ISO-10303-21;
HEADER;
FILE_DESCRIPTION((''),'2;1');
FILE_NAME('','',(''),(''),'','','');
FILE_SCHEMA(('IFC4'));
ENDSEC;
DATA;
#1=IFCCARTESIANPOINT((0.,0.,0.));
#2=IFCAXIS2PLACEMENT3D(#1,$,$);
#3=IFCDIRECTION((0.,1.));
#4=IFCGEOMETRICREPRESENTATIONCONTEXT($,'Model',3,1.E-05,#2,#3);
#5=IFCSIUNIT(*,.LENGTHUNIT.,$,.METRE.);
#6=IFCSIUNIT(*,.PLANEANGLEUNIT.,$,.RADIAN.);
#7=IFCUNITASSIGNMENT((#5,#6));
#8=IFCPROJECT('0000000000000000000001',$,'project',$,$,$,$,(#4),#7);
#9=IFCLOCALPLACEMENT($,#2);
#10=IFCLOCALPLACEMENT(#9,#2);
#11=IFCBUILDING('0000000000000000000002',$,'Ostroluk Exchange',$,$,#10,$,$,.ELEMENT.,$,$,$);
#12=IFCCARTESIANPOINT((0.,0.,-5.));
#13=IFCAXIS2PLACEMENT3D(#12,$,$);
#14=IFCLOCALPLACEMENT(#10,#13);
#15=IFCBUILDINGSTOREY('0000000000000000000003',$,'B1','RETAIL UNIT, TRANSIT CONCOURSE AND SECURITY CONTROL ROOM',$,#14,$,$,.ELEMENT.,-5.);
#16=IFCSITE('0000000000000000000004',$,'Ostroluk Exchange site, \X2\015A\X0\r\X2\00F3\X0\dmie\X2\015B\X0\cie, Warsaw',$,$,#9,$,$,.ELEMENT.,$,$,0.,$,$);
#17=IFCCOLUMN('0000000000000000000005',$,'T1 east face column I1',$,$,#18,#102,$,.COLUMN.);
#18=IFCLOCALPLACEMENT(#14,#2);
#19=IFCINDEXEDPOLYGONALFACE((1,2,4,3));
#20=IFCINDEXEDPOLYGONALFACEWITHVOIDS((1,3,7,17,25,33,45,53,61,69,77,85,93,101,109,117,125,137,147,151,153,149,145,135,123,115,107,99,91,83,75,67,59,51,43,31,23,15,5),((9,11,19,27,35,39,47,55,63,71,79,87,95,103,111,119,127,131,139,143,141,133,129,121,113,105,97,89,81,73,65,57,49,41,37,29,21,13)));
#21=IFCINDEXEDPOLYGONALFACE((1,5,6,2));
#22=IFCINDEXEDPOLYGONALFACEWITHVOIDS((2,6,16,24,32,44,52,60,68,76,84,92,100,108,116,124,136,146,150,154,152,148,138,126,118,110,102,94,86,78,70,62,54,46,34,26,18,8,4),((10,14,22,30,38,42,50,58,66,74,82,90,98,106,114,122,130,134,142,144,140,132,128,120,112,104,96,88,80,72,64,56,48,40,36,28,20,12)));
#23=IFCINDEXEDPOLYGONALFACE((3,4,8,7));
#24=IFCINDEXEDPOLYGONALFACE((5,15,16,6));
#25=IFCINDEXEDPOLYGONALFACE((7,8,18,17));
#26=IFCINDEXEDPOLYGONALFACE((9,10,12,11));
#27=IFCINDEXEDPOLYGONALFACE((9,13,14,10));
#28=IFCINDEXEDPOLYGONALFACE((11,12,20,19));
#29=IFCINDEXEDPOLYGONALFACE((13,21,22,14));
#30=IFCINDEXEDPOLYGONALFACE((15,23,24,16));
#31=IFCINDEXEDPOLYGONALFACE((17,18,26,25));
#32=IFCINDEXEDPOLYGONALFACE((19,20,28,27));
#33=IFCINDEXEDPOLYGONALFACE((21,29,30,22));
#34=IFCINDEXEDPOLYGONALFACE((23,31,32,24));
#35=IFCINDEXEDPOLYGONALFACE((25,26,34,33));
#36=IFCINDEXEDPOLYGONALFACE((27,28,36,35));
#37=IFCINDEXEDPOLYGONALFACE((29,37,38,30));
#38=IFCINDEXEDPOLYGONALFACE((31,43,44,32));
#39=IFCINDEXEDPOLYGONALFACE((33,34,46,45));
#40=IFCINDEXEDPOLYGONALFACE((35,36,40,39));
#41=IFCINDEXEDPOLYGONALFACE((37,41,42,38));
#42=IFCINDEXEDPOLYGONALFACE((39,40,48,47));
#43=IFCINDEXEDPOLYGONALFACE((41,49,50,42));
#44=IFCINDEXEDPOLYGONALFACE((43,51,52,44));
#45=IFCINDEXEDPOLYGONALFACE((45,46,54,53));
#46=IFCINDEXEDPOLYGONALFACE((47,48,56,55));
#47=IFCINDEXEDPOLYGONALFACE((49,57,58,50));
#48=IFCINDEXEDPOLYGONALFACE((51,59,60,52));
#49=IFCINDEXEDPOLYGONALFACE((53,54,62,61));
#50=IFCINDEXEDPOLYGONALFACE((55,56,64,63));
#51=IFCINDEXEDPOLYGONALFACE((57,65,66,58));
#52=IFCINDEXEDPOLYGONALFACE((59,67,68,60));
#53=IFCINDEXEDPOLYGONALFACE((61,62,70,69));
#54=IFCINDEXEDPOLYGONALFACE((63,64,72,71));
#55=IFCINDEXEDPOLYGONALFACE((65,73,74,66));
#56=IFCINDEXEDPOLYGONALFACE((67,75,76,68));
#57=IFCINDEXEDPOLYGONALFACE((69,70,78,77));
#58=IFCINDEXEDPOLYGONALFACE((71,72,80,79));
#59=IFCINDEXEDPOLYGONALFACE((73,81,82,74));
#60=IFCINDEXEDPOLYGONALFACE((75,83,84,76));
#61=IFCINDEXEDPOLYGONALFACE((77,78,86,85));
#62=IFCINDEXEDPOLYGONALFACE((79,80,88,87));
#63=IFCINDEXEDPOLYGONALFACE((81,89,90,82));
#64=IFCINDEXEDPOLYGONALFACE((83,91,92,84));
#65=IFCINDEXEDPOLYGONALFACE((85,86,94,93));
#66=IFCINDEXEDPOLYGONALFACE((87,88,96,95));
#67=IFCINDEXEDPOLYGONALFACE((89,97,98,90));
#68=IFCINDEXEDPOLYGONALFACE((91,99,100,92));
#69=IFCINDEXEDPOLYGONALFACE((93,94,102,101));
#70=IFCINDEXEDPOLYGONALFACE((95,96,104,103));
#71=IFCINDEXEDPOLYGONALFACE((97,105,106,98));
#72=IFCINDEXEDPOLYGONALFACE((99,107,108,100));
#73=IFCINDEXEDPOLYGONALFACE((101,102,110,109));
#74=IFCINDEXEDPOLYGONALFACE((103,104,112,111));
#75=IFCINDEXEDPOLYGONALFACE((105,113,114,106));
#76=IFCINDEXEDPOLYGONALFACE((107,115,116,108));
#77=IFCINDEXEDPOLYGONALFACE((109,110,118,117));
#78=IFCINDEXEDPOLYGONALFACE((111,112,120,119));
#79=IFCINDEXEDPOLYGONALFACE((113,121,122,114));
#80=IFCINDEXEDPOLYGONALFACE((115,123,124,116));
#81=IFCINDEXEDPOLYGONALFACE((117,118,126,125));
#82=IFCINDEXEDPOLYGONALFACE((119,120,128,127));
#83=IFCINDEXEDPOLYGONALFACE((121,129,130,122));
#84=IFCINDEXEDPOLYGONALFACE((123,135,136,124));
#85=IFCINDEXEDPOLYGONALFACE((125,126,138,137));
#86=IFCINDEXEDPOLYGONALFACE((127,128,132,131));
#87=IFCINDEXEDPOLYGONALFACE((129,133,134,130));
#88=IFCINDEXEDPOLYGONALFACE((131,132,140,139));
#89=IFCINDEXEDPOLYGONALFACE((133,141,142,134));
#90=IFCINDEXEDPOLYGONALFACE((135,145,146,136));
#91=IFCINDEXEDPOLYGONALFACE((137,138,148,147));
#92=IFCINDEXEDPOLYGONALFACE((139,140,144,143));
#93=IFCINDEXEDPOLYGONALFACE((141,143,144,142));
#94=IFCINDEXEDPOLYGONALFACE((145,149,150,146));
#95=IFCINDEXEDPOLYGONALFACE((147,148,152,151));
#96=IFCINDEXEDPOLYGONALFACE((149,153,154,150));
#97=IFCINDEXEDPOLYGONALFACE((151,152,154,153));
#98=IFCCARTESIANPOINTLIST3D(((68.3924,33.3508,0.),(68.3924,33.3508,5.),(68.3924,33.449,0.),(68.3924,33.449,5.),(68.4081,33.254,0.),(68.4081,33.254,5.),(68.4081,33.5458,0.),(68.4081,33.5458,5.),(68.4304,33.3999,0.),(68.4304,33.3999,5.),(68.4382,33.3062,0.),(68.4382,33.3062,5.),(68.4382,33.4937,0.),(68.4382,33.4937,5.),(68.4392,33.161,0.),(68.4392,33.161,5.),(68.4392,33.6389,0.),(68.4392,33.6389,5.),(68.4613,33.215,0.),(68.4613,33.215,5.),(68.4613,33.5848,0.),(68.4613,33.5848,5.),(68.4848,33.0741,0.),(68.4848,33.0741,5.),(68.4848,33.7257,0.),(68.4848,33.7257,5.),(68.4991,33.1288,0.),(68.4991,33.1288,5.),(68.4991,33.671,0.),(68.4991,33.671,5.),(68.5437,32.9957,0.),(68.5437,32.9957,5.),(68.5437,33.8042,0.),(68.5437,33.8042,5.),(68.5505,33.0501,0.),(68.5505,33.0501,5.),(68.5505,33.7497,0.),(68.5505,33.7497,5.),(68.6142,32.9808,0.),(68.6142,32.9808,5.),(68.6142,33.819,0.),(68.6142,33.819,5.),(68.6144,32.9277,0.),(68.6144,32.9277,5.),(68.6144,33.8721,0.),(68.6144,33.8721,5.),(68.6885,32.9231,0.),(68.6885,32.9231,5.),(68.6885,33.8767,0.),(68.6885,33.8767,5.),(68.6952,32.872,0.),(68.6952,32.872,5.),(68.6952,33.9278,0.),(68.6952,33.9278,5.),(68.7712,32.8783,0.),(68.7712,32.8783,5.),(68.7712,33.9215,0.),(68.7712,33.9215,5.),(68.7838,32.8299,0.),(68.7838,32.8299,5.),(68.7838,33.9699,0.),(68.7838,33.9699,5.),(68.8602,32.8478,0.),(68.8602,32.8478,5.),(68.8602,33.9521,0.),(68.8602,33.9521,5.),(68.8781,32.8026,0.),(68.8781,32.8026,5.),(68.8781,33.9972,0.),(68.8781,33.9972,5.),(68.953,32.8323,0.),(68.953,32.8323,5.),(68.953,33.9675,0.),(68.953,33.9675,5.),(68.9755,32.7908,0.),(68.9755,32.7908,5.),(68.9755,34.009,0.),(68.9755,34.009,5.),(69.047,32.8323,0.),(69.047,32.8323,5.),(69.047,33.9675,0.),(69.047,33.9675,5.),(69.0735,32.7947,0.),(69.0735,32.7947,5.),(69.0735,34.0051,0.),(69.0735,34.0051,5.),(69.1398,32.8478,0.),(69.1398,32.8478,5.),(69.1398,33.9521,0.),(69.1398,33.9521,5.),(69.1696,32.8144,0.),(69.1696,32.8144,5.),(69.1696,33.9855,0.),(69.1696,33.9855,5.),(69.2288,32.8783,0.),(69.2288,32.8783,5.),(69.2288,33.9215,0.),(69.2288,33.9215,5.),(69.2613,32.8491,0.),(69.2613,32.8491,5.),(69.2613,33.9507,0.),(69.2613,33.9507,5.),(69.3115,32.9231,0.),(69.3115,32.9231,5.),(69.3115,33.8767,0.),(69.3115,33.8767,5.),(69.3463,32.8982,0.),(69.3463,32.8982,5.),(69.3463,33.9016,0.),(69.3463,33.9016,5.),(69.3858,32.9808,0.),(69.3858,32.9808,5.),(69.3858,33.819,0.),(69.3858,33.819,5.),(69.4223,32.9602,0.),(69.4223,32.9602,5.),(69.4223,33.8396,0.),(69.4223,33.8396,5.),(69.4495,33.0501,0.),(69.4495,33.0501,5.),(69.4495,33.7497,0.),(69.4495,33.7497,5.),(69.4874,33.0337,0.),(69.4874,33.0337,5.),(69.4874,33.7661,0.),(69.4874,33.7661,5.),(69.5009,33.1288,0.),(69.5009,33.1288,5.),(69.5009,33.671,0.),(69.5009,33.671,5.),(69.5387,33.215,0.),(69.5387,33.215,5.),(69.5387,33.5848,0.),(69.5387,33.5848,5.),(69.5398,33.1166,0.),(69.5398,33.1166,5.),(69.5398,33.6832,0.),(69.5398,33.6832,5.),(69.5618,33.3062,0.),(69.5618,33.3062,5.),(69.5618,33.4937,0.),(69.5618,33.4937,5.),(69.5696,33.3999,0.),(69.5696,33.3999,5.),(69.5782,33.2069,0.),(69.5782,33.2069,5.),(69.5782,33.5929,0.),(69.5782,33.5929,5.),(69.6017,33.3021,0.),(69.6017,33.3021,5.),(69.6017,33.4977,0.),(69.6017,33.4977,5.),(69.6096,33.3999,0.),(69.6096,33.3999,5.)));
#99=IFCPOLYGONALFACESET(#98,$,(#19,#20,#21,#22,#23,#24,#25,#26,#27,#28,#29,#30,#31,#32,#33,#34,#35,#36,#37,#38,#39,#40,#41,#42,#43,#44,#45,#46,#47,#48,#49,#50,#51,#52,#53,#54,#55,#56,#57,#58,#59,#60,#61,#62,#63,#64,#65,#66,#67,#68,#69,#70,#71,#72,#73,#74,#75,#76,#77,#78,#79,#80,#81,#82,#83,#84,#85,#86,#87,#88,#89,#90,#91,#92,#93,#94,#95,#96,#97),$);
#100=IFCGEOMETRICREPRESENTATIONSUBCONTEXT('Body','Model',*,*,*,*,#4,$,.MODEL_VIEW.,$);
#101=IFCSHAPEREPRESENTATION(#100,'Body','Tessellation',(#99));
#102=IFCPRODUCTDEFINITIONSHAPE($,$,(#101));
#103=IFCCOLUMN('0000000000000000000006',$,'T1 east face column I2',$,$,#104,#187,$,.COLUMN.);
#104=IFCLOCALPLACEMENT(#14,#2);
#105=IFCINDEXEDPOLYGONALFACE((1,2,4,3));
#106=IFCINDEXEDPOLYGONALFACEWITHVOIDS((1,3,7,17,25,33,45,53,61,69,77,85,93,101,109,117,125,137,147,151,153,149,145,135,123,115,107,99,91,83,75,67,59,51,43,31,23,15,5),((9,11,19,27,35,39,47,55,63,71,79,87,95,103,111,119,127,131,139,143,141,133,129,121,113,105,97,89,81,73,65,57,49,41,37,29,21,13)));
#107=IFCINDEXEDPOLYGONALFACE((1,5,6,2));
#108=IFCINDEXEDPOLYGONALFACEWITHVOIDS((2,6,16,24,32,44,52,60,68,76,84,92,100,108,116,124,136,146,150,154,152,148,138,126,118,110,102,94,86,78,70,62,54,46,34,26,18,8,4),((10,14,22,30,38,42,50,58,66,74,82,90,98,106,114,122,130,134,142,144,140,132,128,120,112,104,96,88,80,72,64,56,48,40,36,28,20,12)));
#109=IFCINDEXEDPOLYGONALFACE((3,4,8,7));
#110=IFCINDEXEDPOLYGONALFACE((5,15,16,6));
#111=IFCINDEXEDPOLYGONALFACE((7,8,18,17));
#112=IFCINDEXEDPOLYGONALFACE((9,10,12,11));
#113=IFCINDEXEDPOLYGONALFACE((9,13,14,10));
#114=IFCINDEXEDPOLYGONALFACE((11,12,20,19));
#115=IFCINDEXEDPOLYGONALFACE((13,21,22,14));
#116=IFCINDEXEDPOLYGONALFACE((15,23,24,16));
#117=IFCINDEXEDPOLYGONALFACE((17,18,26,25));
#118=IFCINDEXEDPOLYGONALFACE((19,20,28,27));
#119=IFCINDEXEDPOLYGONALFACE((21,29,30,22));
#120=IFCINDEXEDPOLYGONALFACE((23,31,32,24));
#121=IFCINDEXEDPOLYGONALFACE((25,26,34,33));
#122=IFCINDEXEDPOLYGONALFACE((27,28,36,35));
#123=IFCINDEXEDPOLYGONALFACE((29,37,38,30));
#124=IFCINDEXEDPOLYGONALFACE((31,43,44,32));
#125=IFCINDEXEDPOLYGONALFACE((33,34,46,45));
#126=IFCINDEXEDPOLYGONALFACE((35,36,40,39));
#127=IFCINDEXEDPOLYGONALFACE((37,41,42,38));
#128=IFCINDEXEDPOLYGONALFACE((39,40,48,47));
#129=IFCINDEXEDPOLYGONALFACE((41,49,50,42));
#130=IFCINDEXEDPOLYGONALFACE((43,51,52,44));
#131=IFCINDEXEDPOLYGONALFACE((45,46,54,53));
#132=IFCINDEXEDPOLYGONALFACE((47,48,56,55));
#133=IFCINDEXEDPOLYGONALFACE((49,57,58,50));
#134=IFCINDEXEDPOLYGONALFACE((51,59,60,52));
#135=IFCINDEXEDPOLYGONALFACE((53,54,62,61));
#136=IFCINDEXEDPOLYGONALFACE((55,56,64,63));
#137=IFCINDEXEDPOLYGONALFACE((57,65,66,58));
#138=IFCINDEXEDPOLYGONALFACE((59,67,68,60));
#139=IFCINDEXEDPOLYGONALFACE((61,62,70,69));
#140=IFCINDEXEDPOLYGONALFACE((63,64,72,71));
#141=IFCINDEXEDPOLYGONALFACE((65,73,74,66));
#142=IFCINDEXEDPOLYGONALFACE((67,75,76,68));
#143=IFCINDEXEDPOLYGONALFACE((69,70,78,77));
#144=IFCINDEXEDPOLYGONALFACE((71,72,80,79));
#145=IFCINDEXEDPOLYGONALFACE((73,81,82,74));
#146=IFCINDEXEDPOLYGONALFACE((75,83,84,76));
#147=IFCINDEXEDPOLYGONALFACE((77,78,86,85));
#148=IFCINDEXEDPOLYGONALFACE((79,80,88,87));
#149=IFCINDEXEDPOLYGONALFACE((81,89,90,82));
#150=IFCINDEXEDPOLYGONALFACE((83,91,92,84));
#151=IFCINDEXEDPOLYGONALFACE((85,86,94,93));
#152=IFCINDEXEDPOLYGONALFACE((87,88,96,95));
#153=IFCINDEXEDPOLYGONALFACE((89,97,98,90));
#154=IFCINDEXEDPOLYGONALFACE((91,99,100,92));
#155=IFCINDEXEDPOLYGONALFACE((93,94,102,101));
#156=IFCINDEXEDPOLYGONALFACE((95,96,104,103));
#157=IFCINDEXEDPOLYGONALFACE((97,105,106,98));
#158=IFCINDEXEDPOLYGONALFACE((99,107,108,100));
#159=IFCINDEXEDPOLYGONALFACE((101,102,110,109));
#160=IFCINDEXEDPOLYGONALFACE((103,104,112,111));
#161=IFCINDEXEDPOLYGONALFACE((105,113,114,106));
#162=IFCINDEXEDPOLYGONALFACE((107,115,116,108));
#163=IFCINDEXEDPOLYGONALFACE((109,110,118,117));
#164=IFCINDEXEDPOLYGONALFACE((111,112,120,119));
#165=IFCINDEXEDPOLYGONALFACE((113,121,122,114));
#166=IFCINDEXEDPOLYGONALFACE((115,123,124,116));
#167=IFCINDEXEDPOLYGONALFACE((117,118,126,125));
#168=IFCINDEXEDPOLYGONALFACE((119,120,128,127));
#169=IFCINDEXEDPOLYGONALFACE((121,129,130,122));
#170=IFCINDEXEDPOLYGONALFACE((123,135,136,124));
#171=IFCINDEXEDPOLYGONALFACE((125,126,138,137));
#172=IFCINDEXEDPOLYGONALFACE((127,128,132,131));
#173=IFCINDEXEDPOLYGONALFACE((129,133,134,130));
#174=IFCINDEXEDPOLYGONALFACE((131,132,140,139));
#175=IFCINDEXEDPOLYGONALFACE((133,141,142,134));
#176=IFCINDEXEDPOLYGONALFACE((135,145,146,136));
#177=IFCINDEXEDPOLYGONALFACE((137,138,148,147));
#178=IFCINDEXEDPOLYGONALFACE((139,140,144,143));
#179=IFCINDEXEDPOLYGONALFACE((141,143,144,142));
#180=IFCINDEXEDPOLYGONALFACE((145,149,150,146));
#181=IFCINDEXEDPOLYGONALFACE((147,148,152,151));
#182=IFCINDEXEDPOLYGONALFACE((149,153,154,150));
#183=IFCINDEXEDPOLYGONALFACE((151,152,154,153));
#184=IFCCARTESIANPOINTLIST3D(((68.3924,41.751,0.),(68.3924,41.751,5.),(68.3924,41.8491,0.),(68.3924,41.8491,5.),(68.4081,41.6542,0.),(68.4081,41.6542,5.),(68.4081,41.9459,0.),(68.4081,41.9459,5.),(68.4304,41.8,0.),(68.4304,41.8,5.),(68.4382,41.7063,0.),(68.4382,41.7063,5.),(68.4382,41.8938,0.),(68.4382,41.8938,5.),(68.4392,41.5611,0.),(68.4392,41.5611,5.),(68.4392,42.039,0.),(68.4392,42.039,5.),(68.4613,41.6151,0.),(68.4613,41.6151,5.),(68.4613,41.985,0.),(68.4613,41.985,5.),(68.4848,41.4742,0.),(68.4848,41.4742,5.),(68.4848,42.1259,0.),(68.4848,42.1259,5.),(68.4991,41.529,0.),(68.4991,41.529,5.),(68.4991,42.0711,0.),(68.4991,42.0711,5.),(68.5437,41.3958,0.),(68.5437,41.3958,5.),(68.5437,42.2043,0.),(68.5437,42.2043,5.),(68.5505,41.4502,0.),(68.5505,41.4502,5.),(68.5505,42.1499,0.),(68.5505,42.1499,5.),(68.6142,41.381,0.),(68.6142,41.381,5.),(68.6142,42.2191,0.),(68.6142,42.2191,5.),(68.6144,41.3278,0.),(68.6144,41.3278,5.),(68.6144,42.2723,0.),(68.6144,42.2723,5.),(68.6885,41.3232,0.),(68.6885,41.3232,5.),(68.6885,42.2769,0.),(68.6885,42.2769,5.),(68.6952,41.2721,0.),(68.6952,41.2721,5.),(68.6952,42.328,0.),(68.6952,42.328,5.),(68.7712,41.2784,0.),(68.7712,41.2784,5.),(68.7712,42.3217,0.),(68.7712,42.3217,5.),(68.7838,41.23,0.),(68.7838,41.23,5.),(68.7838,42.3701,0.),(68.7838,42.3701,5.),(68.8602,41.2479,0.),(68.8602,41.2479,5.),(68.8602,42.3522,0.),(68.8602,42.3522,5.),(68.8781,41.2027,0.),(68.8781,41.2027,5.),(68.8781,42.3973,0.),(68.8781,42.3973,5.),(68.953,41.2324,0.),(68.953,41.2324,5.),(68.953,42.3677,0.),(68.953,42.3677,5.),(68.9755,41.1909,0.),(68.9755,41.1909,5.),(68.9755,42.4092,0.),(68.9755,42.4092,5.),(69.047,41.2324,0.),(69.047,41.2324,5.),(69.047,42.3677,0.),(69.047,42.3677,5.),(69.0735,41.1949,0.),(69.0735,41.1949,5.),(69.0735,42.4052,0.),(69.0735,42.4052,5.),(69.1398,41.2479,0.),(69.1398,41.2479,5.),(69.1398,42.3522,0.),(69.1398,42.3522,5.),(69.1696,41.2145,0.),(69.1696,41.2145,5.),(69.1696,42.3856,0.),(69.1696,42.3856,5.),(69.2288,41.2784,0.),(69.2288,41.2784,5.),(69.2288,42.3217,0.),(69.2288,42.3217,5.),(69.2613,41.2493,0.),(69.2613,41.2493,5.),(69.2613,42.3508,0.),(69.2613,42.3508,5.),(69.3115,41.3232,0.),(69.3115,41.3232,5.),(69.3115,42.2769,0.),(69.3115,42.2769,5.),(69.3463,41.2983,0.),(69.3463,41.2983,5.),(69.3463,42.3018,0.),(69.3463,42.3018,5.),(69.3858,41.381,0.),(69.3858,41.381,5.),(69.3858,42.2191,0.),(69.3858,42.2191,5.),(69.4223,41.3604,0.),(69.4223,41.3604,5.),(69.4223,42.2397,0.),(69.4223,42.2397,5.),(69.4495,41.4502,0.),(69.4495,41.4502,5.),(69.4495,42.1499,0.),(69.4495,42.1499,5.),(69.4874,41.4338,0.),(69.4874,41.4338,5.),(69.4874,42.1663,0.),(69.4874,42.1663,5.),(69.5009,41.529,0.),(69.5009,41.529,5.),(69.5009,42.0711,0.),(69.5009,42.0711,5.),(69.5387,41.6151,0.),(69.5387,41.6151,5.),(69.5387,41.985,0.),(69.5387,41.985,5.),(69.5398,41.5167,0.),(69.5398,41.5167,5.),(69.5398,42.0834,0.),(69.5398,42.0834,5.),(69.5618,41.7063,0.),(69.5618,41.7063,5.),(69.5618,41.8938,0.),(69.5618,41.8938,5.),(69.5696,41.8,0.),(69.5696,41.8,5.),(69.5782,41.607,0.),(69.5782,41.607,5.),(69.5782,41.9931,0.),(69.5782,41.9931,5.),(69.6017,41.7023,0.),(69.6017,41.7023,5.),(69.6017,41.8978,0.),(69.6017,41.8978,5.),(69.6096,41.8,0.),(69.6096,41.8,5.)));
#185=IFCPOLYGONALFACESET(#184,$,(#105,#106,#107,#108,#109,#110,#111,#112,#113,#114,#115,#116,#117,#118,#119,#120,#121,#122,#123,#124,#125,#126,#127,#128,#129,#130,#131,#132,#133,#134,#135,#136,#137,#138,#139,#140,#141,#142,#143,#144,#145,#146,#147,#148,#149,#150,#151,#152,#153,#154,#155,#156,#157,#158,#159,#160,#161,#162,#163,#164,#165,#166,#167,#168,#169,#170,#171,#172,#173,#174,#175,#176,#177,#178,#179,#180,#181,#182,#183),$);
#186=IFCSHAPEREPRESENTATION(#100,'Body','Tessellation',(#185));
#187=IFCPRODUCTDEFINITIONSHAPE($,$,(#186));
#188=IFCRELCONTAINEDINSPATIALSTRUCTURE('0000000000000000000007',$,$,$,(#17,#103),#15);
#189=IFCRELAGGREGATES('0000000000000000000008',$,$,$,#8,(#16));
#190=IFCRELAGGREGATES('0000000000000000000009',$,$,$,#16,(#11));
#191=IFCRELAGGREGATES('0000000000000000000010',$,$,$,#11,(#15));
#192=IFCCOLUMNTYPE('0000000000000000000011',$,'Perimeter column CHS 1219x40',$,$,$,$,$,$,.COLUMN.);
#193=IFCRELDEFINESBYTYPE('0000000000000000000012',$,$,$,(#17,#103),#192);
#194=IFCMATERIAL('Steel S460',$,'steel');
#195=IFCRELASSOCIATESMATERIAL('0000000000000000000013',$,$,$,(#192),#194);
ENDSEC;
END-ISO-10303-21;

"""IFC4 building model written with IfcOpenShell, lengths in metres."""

from ifc_helpers import new_model, si_unit, direction, frame, origin, origin_2d, place, context, subcontext, project, spatial, hollow_circle, extrude, material, material_profile, profile_set, type_object, element, save


model = new_model("IFC4")

# Units and contexts
model_context = context("Model", 3, precision=1e-05, world=origin(), true_north=direction((0.0, 1.0)))
body_context = subcontext(model_context, "Body", "Model", "MODEL_VIEW")
ifc_project = project(units=[si_unit("LENGTHUNIT", "METRE"), si_unit("PLANEANGLEUNIT", "RADIAN")], contexts=[model_context])

# Site, building, storey
site_placement = place(None, origin())
site = spatial("IfcSite", under=ifc_project, at=site_placement, Name="Ostroluk Exchange site, Śródmieście, Warsaw", CompositionType="ELEMENT", RefElevation=0.0)
building_placement = place(site_placement, origin())
building = spatial("IfcBuilding", under=site, at=building_placement, Name="Ostroluk Exchange", CompositionType="ELEMENT")
storey_placement = place(building_placement, frame((0.0, 0.0, -5.0)))
storey = spatial("IfcBuildingStorey", under=building, at=storey_placement, Name="B1", Description="RETAIL UNIT, TRANSIT CONCOURSE AND SECURITY CONTROL ROOM", CompositionType="ELEMENT", Elevation=-5.0)

# Columns
ifc_material_1 = material(Name="Steel S460", Category="steel")
ifc_material_profile_1 = material_profile(ifc_material_1, hollow_circle(Radius=0.6096, WallThickness=0.04, at=origin_2d()), Name="CHS 1219x40")
ifc_profile_set_1 = profile_set([ifc_material_profile_1], Name="Steel S460")
column_type = type_object("IfcColumnType", Name="Perimeter column CHS 1219x40", PredefinedType="COLUMN", material=ifc_profile_set_1)
for number, where, z_axis, x_axis, name in (
    (1, (69.0, 33.3999, 0.0), (0.0, 0.0, 1.0), (1.0, 0.0, 0.0), "T1 east face column I1"),
    (2, (69.0, 41.8, 0.0), (0.0, 0.0, 1.0), (1.0, 0.0, 0.0), "T1 east face column I2"),
):
    element("IfcColumn", number, at=place(storey_placement, frame(where, z_axis=z_axis, x_axis=x_axis)), inside=storey, type_object=column_type, Name=name, PredefinedType="COLUMN", context=body_context, shape_type="SweptSolid", body=[
        extrude(hollow_circle(Radius=0.6096, WallThickness=0.04, at=origin_2d()), origin(), (0.0, 0.0, 1.0), 5.0),
    ])

save(model, "model.ifc")
